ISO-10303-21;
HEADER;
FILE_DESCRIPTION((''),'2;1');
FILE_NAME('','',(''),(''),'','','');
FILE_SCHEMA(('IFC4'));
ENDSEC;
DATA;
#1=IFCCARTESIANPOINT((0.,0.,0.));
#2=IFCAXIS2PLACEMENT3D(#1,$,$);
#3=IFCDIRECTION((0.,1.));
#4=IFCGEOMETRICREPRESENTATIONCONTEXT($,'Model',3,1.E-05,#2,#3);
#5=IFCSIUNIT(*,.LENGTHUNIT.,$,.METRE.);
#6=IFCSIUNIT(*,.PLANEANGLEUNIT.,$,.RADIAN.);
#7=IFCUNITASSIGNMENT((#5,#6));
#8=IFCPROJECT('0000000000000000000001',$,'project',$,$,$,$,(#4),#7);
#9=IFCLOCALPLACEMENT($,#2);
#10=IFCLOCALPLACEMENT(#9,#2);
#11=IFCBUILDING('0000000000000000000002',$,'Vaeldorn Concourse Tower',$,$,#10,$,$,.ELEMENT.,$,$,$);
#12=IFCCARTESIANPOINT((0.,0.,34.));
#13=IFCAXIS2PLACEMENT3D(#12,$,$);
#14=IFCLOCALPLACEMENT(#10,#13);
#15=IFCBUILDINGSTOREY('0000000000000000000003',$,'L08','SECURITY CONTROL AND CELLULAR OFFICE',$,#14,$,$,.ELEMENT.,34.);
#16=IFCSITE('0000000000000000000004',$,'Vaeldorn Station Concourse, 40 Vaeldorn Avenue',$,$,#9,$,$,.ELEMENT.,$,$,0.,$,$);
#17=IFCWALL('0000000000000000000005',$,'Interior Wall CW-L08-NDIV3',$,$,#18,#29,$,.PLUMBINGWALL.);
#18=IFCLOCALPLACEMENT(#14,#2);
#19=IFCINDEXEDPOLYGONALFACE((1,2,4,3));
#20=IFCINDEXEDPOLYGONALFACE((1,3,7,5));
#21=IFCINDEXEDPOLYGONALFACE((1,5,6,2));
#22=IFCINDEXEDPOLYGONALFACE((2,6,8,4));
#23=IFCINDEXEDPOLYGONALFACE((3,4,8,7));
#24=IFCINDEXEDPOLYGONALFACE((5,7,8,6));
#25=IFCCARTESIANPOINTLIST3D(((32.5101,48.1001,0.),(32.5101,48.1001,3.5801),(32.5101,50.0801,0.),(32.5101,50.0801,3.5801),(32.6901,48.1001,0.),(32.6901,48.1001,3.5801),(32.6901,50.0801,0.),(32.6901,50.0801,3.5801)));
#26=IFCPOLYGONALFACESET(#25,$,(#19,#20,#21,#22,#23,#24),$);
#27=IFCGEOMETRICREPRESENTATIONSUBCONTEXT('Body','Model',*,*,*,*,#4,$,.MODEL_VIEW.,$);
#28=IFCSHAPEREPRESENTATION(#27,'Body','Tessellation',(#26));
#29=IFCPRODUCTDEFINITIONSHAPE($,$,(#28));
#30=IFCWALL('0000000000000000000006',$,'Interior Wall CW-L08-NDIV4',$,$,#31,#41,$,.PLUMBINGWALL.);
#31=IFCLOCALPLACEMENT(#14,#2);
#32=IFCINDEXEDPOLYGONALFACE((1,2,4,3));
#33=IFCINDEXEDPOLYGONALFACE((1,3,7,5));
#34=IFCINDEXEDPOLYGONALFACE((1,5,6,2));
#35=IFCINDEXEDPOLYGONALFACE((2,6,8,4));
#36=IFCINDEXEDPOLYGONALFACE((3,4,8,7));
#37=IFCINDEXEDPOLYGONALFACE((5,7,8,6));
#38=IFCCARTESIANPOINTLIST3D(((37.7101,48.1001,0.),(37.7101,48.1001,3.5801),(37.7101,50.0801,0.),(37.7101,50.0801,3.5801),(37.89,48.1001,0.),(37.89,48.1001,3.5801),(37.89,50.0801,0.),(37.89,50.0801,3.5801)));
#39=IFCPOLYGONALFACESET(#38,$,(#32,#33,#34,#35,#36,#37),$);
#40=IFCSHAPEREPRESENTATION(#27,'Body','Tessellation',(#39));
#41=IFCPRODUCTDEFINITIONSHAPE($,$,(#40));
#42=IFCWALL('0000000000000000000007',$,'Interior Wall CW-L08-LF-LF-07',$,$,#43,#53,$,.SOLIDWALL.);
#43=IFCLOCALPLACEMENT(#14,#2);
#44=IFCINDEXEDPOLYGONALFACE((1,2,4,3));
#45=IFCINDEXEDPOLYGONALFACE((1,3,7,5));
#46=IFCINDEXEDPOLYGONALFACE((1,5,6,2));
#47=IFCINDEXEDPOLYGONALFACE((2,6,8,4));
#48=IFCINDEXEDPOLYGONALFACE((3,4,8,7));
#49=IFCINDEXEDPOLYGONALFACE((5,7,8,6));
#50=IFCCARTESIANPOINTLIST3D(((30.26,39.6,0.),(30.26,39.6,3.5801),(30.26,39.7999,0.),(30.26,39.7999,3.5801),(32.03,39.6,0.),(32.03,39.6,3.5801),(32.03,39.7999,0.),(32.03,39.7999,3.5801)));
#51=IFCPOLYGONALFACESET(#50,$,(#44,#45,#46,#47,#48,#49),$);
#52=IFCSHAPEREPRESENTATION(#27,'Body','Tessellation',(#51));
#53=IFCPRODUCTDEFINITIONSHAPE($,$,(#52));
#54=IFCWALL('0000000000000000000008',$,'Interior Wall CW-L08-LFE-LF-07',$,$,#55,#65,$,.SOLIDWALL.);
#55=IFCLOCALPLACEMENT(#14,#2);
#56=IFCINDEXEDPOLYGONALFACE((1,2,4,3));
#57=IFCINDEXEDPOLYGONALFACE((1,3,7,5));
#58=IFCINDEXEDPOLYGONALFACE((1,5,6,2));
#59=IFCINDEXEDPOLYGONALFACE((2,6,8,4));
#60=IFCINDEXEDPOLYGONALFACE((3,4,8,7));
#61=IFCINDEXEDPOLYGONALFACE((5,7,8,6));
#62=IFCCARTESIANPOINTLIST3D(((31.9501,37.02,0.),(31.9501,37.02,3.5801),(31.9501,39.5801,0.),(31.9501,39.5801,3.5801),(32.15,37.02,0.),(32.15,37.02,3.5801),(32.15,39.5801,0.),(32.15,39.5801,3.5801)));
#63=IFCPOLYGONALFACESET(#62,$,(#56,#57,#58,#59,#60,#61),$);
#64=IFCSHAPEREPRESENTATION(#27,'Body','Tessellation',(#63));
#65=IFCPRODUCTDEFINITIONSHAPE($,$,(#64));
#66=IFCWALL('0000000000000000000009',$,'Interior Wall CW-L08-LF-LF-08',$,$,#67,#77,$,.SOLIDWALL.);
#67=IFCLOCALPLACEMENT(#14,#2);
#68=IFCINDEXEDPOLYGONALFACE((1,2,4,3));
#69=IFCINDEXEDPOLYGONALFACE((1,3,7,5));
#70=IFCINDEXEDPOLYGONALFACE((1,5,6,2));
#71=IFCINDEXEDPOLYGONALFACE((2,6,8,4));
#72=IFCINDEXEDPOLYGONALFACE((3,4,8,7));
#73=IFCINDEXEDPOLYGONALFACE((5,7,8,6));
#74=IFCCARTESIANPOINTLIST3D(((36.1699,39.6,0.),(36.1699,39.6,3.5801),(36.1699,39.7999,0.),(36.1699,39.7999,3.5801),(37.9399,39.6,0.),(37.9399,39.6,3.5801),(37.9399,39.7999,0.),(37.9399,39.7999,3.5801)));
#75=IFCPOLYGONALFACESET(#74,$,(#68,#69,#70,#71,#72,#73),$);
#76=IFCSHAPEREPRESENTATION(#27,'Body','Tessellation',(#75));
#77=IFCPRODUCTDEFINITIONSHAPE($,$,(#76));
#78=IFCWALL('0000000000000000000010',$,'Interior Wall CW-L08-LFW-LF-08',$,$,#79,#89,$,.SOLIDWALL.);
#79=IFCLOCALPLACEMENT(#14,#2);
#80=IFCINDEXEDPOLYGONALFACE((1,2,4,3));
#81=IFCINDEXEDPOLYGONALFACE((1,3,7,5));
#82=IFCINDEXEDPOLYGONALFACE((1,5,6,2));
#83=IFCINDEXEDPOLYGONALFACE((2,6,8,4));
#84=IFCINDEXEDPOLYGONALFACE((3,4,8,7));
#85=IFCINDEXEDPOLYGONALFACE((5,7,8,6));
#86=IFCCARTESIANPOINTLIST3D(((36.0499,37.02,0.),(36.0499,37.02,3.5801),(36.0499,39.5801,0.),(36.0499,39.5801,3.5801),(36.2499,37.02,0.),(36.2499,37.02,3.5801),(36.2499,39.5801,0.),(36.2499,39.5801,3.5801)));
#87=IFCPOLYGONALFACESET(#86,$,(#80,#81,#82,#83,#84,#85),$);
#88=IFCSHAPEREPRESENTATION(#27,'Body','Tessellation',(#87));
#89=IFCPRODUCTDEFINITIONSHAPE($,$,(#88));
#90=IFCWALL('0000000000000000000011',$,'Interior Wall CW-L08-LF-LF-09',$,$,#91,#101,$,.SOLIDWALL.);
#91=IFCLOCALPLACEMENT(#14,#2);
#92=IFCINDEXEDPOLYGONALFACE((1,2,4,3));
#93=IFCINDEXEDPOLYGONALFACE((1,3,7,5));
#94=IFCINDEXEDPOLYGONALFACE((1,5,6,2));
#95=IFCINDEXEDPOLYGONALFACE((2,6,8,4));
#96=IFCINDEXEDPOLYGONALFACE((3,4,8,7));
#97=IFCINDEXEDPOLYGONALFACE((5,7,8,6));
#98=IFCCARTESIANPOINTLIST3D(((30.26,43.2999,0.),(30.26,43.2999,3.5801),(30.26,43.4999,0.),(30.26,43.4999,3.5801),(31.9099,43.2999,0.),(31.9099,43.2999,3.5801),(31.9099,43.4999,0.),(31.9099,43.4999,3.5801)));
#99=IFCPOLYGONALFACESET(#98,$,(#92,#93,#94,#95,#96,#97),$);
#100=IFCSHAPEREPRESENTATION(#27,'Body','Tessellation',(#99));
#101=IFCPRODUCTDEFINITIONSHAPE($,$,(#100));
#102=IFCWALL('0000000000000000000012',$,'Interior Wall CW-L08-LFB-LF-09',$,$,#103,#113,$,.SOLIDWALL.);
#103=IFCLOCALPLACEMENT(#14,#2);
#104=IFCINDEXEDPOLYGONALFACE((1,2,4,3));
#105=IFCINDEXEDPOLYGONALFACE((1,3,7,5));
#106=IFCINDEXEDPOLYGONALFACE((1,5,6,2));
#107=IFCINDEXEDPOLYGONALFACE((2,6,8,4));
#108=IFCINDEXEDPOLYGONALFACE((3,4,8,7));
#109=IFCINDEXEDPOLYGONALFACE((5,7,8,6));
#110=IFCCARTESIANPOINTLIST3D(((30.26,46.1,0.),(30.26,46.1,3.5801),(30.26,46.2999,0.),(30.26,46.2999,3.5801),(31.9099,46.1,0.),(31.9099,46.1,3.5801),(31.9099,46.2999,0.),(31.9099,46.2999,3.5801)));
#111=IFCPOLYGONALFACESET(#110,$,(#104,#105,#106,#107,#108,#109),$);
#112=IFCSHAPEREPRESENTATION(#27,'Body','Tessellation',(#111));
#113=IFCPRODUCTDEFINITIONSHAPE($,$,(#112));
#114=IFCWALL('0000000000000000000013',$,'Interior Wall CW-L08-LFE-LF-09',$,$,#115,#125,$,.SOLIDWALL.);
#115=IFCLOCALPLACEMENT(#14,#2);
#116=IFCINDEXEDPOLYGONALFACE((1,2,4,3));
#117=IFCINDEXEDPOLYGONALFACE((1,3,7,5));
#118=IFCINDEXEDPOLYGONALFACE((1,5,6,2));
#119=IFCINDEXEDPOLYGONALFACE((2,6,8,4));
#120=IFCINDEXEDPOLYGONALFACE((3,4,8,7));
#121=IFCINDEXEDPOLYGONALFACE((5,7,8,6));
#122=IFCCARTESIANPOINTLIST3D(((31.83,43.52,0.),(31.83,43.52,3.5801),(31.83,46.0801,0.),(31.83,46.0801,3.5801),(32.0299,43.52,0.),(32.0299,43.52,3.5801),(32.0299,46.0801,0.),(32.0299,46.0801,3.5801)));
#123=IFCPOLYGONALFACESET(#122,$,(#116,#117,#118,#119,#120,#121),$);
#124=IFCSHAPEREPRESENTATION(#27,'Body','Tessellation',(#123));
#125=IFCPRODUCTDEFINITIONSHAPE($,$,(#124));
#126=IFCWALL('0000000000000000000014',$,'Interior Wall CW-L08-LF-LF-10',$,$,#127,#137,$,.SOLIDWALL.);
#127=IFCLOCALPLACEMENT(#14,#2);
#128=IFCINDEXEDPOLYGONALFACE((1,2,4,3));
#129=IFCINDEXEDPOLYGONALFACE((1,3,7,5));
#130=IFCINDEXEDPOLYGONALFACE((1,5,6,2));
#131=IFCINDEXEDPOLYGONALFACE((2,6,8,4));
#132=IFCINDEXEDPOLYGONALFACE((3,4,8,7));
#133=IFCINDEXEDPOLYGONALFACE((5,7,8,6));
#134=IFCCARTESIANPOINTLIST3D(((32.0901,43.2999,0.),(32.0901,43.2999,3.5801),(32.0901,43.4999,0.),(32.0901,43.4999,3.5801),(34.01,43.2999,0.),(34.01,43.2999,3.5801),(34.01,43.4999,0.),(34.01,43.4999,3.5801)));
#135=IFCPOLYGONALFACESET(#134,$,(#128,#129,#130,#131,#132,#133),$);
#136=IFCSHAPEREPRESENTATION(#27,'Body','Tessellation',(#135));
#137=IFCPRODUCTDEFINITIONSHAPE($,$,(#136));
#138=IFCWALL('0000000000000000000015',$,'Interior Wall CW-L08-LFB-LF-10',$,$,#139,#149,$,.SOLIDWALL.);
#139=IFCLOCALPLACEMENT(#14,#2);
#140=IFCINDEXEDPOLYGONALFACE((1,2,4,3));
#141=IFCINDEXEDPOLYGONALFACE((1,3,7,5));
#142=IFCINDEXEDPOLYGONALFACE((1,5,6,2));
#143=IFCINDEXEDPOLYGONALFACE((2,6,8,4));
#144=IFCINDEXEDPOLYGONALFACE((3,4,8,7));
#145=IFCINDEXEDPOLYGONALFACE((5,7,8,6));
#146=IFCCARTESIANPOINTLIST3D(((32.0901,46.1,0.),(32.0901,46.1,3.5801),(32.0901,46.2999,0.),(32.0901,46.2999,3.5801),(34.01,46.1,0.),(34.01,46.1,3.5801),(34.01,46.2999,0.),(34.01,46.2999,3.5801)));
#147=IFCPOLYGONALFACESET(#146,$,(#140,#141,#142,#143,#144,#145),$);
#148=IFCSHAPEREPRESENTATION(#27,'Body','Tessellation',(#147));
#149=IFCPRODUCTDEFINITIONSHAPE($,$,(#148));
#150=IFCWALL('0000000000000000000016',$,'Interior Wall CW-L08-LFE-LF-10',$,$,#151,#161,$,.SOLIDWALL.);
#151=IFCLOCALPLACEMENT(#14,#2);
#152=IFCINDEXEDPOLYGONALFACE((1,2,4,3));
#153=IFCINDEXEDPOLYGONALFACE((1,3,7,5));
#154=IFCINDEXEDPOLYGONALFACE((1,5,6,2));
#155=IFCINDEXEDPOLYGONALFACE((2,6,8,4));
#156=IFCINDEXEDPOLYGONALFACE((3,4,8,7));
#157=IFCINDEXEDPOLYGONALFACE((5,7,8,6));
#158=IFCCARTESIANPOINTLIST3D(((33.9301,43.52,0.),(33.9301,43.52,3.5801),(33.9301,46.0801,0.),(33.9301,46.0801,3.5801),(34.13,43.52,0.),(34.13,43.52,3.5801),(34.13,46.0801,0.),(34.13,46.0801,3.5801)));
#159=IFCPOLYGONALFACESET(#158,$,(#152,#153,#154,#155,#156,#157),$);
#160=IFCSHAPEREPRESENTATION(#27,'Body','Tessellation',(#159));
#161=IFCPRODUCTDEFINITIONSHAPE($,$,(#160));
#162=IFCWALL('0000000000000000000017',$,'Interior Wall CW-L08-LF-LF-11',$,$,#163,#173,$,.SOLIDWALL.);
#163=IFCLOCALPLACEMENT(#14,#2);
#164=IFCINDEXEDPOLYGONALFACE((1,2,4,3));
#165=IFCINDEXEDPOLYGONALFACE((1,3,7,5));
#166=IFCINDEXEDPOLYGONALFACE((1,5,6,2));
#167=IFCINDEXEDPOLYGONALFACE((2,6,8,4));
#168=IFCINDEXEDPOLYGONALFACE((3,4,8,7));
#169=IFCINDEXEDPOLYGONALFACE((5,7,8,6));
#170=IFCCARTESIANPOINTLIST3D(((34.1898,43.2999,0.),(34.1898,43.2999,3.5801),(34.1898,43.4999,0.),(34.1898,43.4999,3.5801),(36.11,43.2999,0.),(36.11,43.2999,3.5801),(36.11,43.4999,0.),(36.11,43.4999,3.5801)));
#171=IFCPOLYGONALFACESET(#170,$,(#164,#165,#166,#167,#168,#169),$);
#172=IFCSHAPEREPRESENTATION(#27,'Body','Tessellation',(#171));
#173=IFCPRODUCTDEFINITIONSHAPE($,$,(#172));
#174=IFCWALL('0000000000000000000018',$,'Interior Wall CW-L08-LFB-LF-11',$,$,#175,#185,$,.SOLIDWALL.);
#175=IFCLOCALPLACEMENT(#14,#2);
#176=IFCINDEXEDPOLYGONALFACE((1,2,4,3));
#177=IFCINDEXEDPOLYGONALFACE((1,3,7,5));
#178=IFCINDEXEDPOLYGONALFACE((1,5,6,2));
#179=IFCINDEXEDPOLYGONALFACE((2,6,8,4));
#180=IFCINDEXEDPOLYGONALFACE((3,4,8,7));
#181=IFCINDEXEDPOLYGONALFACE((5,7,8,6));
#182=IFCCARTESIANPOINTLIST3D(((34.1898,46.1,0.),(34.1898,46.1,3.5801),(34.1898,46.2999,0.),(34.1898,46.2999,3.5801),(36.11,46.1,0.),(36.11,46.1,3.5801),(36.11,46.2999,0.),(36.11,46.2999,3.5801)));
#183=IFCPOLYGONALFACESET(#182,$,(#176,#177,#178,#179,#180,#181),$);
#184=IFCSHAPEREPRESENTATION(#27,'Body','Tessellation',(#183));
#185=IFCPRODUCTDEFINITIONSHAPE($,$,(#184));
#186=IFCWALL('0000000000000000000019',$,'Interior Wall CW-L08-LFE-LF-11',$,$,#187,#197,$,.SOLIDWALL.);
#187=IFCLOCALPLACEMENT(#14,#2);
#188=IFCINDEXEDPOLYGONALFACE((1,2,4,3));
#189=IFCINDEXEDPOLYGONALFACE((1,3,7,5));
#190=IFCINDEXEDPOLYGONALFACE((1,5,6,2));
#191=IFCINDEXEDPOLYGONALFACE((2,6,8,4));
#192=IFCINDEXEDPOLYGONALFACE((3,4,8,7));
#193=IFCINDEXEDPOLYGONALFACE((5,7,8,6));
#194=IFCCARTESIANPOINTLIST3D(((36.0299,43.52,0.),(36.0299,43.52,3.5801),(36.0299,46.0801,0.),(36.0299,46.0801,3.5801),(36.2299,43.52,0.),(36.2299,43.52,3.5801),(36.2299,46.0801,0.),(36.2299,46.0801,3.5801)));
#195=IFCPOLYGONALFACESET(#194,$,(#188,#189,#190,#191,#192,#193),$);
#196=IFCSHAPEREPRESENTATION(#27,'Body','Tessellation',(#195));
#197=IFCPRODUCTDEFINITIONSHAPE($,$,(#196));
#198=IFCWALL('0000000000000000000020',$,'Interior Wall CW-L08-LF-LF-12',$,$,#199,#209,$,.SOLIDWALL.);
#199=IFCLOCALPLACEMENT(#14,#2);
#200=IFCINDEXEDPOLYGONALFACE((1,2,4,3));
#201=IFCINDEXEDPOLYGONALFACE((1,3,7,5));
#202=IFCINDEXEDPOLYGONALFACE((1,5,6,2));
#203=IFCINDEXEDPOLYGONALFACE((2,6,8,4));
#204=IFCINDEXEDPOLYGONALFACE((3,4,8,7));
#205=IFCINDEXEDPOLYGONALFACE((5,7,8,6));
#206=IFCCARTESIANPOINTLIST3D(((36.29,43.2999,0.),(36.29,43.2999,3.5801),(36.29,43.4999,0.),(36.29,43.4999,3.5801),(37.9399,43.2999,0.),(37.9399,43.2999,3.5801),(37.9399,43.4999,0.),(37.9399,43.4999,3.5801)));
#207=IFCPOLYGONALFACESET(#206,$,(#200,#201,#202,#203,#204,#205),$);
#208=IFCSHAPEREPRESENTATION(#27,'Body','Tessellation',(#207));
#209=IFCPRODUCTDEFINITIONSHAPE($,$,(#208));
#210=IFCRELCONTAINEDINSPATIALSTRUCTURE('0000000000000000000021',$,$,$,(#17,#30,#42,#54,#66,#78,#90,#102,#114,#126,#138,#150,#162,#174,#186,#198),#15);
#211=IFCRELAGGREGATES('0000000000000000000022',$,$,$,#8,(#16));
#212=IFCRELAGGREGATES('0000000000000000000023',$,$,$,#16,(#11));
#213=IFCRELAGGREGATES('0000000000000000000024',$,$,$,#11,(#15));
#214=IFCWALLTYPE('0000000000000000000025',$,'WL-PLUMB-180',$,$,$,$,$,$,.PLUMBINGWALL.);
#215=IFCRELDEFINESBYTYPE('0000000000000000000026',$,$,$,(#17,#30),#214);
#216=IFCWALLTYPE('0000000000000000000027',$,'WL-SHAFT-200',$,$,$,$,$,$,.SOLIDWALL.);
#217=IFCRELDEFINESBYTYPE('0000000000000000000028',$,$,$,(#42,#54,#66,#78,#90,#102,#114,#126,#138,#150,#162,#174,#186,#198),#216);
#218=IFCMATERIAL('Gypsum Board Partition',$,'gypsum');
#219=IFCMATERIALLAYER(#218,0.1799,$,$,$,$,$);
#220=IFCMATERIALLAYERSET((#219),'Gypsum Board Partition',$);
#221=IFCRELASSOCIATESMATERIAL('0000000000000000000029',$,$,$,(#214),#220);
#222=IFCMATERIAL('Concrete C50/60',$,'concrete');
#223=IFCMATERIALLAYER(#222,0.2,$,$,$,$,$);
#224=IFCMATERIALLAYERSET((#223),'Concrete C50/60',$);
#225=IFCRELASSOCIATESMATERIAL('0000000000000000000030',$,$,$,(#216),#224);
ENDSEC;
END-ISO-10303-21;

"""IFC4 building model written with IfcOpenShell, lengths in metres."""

from ifc_helpers import new_model, si_unit, direction, frame, frame_2d, origin, place, context, subcontext, project, spatial, rectangle, extrude, material, layer, layer_set, type_object, element, save


model = new_model("IFC4")

# Units and contexts
model_context = context("Model", 3, precision=1e-05, world=origin(), true_north=direction((0.0, 1.0)))
body_context = subcontext(model_context, "Body", "Model", "MODEL_VIEW")
ifc_project = project(units=[si_unit("LENGTHUNIT", "METRE"), si_unit("PLANEANGLEUNIT", "RADIAN")], contexts=[model_context])

# Site, building, storey
site_placement = place(None, origin())
site = spatial("IfcSite", under=ifc_project, at=site_placement, Name="Vaeldorn Station Concourse, 40 Vaeldorn Avenue", CompositionType="ELEMENT", RefElevation=0.0)
building_placement = place(site_placement, origin())
building = spatial("IfcBuilding", under=site, at=building_placement, Name="Vaeldorn Concourse Tower", CompositionType="ELEMENT")
storey_placement = place(building_placement, frame((0.0, 0.0, 34.0)))
storey = spatial("IfcBuildingStorey", under=building, at=storey_placement, Name="L08", Description="SECURITY CONTROL AND CELLULAR OFFICE", CompositionType="ELEMENT", Elevation=34.0)

# Shared definitions
ifc_material_1 = material(Name="Gypsum Board Partition", Category="gypsum")

# Walls
ifc_layer_1 = layer(ifc_material_1, 0.1799)
ifc_layer_set_1 = layer_set([ifc_layer_1], Name="Gypsum Board Partition")
wall_type_1 = type_object("IfcWallType", Name="WL-PLUMB-180", PredefinedType="PLUMBINGWALL", material=ifc_layer_set_1)
for number, where, z_axis, x_axis, name in (
    (1, (32.6001, 48.1001, 0.0), (0.0, 0.0, 1.0), (0.0, 1.0, 0.0), "Interior Wall CW-L08-NDIV3"),
    (2, (37.8, 48.1001, 0.0), (0.0, 0.0, 1.0), (0.0, 1.0, 0.0), "Interior Wall CW-L08-NDIV4"),
):
    element("IfcWall", number, at=place(storey_placement, frame(where, z_axis=z_axis, x_axis=x_axis)), inside=storey, type_object=wall_type_1, Name=name, PredefinedType="PLUMBINGWALL", context=body_context, shape_type="SweptSolid", body=[
        extrude(rectangle(XDim=1.98, YDim=0.1799, at=frame_2d((0.99, 0.0))), origin(), (0.0, 0.0, 1.0), 3.5801),
    ])
ifc_material_2 = material(Name="Concrete C50/60", Category="concrete")
ifc_layer_2 = layer(ifc_material_2, 0.2)
ifc_layer_set_2 = layer_set([ifc_layer_2], Name="Concrete C50/60")
wall_type_2 = type_object("IfcWallType", Name="WL-SHAFT-200", PredefinedType="SOLIDWALL", material=ifc_layer_set_2)
wall_1_placement = place(storey_placement, frame((30.26, 39.7, 0.0), z_axis=(0.0, 0.0, 1.0), x_axis=(1.0, 0.0, 0.0)))
element("IfcWall", 3, at=wall_1_placement, inside=storey, type_object=wall_type_2, Name="Interior Wall CW-L08-LF-LF-07", PredefinedType="SOLIDWALL", context=body_context, shape_type="SweptSolid", body=[
    extrude(rectangle(XDim=1.77, YDim=0.2, at=frame_2d((0.885, 0.0))), origin(), (0.0, 0.0, 1.0), 3.5801),
])
wall_2_placement = place(storey_placement, frame((32.05, 37.02, 0.0), z_axis=(0.0, 0.0, 1.0), x_axis=(0.0, 1.0, 0.0)))
element("IfcWall", 4, at=wall_2_placement, inside=storey, type_object=wall_type_2, Name="Interior Wall CW-L08-LFE-LF-07", PredefinedType="SOLIDWALL", context=body_context, shape_type="SweptSolid", body=[
    extrude(rectangle(XDim=2.5601, YDim=0.2, at=frame_2d((1.28, 0.0))), origin(), (0.0, 0.0, 1.0), 3.5801),
])
wall_3_placement = place(storey_placement, frame((36.1699, 39.7, 0.0), z_axis=(0.0, 0.0, 1.0), x_axis=(1.0, 0.0, 0.0)))
element("IfcWall", 5, at=wall_3_placement, inside=storey, type_object=wall_type_2, Name="Interior Wall CW-L08-LF-LF-08", PredefinedType="SOLIDWALL", context=body_context, shape_type="SweptSolid", body=[
    extrude(rectangle(XDim=1.77, YDim=0.2, at=frame_2d((0.885, 0.0))), origin(), (0.0, 0.0, 1.0), 3.5801),
])
wall_4_placement = place(storey_placement, frame((36.1499, 37.02, 0.0), z_axis=(0.0, 0.0, 1.0), x_axis=(0.0, 1.0, 0.0)))
element("IfcWall", 6, at=wall_4_placement, inside=storey, type_object=wall_type_2, Name="Interior Wall CW-L08-LFW-LF-08", PredefinedType="SOLIDWALL", context=body_context, shape_type="SweptSolid", body=[
    extrude(rectangle(XDim=2.5601, YDim=0.2, at=frame_2d((1.28, 0.0))), origin(), (0.0, 0.0, 1.0), 3.5801),
])
for number, where, z_axis, x_axis, name in (
    (7, (30.26, 43.3999, 0.0), (0.0, 0.0, 1.0), (1.0, 0.0, 0.0), "Interior Wall CW-L08-LF-LF-09"),
    (8, (30.26, 46.2, 0.0), (0.0, 0.0, 1.0), (1.0, 0.0, 0.0), "Interior Wall CW-L08-LFB-LF-09"),
):
    element("IfcWall", number, at=place(storey_placement, frame(where, z_axis=z_axis, x_axis=x_axis)), inside=storey, type_object=wall_type_2, Name=name, PredefinedType="SOLIDWALL", context=body_context, shape_type="SweptSolid", body=[
        extrude(rectangle(XDim=1.6499, YDim=0.2, at=frame_2d((0.825, 0.0))), origin(), (0.0, 0.0, 1.0), 3.5801),
    ])
wall_5_placement = place(storey_placement, frame((31.9299, 43.52, 0.0), z_axis=(0.0, 0.0, 1.0), x_axis=(0.0, 1.0, 0.0)))
element("IfcWall", 9, at=wall_5_placement, inside=storey, type_object=wall_type_2, Name="Interior Wall CW-L08-LFE-LF-09", PredefinedType="SOLIDWALL", context=body_context, shape_type="SweptSolid", body=[
    extrude(rectangle(XDim=2.5601, YDim=0.2, at=frame_2d((1.28, 0.0))), origin(), (0.0, 0.0, 1.0), 3.5801),
])
for number, where, z_axis, x_axis, name in (
    (10, (32.0901, 43.3999, 0.0), (0.0, 0.0, 1.0), (1.0, 0.0, 0.0), "Interior Wall CW-L08-LF-LF-10"),
    (11, (32.0901, 46.2, 0.0), (0.0, 0.0, 1.0), (1.0, 0.0, 0.0), "Interior Wall CW-L08-LFB-LF-10"),
):
    element("IfcWall", number, at=place(storey_placement, frame(where, z_axis=z_axis, x_axis=x_axis)), inside=storey, type_object=wall_type_2, Name=name, PredefinedType="SOLIDWALL", context=body_context, shape_type="SweptSolid", body=[
        extrude(rectangle(XDim=1.9199, YDim=0.2, at=frame_2d((0.96, 0.0))), origin(), (0.0, 0.0, 1.0), 3.5801),
    ])
wall_6_placement = place(storey_placement, frame((34.03, 43.52, 0.0), z_axis=(0.0, 0.0, 1.0), x_axis=(0.0, 1.0, 0.0)))
element("IfcWall", 12, at=wall_6_placement, inside=storey, type_object=wall_type_2, Name="Interior Wall CW-L08-LFE-LF-10", PredefinedType="SOLIDWALL", context=body_context, shape_type="SweptSolid", body=[
    extrude(rectangle(XDim=2.5601, YDim=0.2, at=frame_2d((1.28, 0.0))), origin(), (0.0, 0.0, 1.0), 3.5801),
])
for number, where, z_axis, x_axis, name in (
    (13, (34.1899, 43.3999, 0.0), (0.0, 0.0, 1.0), (1.0, 0.0, 0.0), "Interior Wall CW-L08-LF-LF-11"),
    (14, (34.1899, 46.2, 0.0), (0.0, 0.0, 1.0), (1.0, 0.0, 0.0), "Interior Wall CW-L08-LFB-LF-11"),
):
    element("IfcWall", number, at=place(storey_placement, frame(where, z_axis=z_axis, x_axis=x_axis)), inside=storey, type_object=wall_type_2, Name=name, PredefinedType="SOLIDWALL", context=body_context, shape_type="SweptSolid", body=[
        extrude(rectangle(XDim=1.9202, YDim=0.2, at=frame_2d((0.96, 0.0))), origin(), (0.0, 0.0, 1.0), 3.5801),
    ])
wall_7_placement = place(storey_placement, frame((36.1299, 43.52, 0.0), z_axis=(0.0, 0.0, 1.0), x_axis=(0.0, 1.0, 0.0)))
element("IfcWall", 15, at=wall_7_placement, inside=storey, type_object=wall_type_2, Name="Interior Wall CW-L08-LFE-LF-11", PredefinedType="SOLIDWALL", context=body_context, shape_type="SweptSolid", body=[
    extrude(rectangle(XDim=2.5601, YDim=0.2, at=frame_2d((1.28, 0.0))), origin(), (0.0, 0.0, 1.0), 3.5801),
])
for number, where, z_axis, x_axis, name in (
    (16, (36.29, 43.3999, 0.0), (0.0, 0.0, 1.0), (1.0, 0.0, 0.0), "Interior Wall CW-L08-LF-LF-12"),
):
    element("IfcWall", number, at=place(storey_placement, frame(where, z_axis=z_axis, x_axis=x_axis)), inside=storey, type_object=wall_type_2, Name=name, PredefinedType="SOLIDWALL", context=body_context, shape_type="SweptSolid", body=[
        extrude(rectangle(XDim=1.6499, YDim=0.2, at=frame_2d((0.825, 0.0))), origin(), (0.0, 0.0, 1.0), 3.5801),
    ])

save(model, "model.ifc")
